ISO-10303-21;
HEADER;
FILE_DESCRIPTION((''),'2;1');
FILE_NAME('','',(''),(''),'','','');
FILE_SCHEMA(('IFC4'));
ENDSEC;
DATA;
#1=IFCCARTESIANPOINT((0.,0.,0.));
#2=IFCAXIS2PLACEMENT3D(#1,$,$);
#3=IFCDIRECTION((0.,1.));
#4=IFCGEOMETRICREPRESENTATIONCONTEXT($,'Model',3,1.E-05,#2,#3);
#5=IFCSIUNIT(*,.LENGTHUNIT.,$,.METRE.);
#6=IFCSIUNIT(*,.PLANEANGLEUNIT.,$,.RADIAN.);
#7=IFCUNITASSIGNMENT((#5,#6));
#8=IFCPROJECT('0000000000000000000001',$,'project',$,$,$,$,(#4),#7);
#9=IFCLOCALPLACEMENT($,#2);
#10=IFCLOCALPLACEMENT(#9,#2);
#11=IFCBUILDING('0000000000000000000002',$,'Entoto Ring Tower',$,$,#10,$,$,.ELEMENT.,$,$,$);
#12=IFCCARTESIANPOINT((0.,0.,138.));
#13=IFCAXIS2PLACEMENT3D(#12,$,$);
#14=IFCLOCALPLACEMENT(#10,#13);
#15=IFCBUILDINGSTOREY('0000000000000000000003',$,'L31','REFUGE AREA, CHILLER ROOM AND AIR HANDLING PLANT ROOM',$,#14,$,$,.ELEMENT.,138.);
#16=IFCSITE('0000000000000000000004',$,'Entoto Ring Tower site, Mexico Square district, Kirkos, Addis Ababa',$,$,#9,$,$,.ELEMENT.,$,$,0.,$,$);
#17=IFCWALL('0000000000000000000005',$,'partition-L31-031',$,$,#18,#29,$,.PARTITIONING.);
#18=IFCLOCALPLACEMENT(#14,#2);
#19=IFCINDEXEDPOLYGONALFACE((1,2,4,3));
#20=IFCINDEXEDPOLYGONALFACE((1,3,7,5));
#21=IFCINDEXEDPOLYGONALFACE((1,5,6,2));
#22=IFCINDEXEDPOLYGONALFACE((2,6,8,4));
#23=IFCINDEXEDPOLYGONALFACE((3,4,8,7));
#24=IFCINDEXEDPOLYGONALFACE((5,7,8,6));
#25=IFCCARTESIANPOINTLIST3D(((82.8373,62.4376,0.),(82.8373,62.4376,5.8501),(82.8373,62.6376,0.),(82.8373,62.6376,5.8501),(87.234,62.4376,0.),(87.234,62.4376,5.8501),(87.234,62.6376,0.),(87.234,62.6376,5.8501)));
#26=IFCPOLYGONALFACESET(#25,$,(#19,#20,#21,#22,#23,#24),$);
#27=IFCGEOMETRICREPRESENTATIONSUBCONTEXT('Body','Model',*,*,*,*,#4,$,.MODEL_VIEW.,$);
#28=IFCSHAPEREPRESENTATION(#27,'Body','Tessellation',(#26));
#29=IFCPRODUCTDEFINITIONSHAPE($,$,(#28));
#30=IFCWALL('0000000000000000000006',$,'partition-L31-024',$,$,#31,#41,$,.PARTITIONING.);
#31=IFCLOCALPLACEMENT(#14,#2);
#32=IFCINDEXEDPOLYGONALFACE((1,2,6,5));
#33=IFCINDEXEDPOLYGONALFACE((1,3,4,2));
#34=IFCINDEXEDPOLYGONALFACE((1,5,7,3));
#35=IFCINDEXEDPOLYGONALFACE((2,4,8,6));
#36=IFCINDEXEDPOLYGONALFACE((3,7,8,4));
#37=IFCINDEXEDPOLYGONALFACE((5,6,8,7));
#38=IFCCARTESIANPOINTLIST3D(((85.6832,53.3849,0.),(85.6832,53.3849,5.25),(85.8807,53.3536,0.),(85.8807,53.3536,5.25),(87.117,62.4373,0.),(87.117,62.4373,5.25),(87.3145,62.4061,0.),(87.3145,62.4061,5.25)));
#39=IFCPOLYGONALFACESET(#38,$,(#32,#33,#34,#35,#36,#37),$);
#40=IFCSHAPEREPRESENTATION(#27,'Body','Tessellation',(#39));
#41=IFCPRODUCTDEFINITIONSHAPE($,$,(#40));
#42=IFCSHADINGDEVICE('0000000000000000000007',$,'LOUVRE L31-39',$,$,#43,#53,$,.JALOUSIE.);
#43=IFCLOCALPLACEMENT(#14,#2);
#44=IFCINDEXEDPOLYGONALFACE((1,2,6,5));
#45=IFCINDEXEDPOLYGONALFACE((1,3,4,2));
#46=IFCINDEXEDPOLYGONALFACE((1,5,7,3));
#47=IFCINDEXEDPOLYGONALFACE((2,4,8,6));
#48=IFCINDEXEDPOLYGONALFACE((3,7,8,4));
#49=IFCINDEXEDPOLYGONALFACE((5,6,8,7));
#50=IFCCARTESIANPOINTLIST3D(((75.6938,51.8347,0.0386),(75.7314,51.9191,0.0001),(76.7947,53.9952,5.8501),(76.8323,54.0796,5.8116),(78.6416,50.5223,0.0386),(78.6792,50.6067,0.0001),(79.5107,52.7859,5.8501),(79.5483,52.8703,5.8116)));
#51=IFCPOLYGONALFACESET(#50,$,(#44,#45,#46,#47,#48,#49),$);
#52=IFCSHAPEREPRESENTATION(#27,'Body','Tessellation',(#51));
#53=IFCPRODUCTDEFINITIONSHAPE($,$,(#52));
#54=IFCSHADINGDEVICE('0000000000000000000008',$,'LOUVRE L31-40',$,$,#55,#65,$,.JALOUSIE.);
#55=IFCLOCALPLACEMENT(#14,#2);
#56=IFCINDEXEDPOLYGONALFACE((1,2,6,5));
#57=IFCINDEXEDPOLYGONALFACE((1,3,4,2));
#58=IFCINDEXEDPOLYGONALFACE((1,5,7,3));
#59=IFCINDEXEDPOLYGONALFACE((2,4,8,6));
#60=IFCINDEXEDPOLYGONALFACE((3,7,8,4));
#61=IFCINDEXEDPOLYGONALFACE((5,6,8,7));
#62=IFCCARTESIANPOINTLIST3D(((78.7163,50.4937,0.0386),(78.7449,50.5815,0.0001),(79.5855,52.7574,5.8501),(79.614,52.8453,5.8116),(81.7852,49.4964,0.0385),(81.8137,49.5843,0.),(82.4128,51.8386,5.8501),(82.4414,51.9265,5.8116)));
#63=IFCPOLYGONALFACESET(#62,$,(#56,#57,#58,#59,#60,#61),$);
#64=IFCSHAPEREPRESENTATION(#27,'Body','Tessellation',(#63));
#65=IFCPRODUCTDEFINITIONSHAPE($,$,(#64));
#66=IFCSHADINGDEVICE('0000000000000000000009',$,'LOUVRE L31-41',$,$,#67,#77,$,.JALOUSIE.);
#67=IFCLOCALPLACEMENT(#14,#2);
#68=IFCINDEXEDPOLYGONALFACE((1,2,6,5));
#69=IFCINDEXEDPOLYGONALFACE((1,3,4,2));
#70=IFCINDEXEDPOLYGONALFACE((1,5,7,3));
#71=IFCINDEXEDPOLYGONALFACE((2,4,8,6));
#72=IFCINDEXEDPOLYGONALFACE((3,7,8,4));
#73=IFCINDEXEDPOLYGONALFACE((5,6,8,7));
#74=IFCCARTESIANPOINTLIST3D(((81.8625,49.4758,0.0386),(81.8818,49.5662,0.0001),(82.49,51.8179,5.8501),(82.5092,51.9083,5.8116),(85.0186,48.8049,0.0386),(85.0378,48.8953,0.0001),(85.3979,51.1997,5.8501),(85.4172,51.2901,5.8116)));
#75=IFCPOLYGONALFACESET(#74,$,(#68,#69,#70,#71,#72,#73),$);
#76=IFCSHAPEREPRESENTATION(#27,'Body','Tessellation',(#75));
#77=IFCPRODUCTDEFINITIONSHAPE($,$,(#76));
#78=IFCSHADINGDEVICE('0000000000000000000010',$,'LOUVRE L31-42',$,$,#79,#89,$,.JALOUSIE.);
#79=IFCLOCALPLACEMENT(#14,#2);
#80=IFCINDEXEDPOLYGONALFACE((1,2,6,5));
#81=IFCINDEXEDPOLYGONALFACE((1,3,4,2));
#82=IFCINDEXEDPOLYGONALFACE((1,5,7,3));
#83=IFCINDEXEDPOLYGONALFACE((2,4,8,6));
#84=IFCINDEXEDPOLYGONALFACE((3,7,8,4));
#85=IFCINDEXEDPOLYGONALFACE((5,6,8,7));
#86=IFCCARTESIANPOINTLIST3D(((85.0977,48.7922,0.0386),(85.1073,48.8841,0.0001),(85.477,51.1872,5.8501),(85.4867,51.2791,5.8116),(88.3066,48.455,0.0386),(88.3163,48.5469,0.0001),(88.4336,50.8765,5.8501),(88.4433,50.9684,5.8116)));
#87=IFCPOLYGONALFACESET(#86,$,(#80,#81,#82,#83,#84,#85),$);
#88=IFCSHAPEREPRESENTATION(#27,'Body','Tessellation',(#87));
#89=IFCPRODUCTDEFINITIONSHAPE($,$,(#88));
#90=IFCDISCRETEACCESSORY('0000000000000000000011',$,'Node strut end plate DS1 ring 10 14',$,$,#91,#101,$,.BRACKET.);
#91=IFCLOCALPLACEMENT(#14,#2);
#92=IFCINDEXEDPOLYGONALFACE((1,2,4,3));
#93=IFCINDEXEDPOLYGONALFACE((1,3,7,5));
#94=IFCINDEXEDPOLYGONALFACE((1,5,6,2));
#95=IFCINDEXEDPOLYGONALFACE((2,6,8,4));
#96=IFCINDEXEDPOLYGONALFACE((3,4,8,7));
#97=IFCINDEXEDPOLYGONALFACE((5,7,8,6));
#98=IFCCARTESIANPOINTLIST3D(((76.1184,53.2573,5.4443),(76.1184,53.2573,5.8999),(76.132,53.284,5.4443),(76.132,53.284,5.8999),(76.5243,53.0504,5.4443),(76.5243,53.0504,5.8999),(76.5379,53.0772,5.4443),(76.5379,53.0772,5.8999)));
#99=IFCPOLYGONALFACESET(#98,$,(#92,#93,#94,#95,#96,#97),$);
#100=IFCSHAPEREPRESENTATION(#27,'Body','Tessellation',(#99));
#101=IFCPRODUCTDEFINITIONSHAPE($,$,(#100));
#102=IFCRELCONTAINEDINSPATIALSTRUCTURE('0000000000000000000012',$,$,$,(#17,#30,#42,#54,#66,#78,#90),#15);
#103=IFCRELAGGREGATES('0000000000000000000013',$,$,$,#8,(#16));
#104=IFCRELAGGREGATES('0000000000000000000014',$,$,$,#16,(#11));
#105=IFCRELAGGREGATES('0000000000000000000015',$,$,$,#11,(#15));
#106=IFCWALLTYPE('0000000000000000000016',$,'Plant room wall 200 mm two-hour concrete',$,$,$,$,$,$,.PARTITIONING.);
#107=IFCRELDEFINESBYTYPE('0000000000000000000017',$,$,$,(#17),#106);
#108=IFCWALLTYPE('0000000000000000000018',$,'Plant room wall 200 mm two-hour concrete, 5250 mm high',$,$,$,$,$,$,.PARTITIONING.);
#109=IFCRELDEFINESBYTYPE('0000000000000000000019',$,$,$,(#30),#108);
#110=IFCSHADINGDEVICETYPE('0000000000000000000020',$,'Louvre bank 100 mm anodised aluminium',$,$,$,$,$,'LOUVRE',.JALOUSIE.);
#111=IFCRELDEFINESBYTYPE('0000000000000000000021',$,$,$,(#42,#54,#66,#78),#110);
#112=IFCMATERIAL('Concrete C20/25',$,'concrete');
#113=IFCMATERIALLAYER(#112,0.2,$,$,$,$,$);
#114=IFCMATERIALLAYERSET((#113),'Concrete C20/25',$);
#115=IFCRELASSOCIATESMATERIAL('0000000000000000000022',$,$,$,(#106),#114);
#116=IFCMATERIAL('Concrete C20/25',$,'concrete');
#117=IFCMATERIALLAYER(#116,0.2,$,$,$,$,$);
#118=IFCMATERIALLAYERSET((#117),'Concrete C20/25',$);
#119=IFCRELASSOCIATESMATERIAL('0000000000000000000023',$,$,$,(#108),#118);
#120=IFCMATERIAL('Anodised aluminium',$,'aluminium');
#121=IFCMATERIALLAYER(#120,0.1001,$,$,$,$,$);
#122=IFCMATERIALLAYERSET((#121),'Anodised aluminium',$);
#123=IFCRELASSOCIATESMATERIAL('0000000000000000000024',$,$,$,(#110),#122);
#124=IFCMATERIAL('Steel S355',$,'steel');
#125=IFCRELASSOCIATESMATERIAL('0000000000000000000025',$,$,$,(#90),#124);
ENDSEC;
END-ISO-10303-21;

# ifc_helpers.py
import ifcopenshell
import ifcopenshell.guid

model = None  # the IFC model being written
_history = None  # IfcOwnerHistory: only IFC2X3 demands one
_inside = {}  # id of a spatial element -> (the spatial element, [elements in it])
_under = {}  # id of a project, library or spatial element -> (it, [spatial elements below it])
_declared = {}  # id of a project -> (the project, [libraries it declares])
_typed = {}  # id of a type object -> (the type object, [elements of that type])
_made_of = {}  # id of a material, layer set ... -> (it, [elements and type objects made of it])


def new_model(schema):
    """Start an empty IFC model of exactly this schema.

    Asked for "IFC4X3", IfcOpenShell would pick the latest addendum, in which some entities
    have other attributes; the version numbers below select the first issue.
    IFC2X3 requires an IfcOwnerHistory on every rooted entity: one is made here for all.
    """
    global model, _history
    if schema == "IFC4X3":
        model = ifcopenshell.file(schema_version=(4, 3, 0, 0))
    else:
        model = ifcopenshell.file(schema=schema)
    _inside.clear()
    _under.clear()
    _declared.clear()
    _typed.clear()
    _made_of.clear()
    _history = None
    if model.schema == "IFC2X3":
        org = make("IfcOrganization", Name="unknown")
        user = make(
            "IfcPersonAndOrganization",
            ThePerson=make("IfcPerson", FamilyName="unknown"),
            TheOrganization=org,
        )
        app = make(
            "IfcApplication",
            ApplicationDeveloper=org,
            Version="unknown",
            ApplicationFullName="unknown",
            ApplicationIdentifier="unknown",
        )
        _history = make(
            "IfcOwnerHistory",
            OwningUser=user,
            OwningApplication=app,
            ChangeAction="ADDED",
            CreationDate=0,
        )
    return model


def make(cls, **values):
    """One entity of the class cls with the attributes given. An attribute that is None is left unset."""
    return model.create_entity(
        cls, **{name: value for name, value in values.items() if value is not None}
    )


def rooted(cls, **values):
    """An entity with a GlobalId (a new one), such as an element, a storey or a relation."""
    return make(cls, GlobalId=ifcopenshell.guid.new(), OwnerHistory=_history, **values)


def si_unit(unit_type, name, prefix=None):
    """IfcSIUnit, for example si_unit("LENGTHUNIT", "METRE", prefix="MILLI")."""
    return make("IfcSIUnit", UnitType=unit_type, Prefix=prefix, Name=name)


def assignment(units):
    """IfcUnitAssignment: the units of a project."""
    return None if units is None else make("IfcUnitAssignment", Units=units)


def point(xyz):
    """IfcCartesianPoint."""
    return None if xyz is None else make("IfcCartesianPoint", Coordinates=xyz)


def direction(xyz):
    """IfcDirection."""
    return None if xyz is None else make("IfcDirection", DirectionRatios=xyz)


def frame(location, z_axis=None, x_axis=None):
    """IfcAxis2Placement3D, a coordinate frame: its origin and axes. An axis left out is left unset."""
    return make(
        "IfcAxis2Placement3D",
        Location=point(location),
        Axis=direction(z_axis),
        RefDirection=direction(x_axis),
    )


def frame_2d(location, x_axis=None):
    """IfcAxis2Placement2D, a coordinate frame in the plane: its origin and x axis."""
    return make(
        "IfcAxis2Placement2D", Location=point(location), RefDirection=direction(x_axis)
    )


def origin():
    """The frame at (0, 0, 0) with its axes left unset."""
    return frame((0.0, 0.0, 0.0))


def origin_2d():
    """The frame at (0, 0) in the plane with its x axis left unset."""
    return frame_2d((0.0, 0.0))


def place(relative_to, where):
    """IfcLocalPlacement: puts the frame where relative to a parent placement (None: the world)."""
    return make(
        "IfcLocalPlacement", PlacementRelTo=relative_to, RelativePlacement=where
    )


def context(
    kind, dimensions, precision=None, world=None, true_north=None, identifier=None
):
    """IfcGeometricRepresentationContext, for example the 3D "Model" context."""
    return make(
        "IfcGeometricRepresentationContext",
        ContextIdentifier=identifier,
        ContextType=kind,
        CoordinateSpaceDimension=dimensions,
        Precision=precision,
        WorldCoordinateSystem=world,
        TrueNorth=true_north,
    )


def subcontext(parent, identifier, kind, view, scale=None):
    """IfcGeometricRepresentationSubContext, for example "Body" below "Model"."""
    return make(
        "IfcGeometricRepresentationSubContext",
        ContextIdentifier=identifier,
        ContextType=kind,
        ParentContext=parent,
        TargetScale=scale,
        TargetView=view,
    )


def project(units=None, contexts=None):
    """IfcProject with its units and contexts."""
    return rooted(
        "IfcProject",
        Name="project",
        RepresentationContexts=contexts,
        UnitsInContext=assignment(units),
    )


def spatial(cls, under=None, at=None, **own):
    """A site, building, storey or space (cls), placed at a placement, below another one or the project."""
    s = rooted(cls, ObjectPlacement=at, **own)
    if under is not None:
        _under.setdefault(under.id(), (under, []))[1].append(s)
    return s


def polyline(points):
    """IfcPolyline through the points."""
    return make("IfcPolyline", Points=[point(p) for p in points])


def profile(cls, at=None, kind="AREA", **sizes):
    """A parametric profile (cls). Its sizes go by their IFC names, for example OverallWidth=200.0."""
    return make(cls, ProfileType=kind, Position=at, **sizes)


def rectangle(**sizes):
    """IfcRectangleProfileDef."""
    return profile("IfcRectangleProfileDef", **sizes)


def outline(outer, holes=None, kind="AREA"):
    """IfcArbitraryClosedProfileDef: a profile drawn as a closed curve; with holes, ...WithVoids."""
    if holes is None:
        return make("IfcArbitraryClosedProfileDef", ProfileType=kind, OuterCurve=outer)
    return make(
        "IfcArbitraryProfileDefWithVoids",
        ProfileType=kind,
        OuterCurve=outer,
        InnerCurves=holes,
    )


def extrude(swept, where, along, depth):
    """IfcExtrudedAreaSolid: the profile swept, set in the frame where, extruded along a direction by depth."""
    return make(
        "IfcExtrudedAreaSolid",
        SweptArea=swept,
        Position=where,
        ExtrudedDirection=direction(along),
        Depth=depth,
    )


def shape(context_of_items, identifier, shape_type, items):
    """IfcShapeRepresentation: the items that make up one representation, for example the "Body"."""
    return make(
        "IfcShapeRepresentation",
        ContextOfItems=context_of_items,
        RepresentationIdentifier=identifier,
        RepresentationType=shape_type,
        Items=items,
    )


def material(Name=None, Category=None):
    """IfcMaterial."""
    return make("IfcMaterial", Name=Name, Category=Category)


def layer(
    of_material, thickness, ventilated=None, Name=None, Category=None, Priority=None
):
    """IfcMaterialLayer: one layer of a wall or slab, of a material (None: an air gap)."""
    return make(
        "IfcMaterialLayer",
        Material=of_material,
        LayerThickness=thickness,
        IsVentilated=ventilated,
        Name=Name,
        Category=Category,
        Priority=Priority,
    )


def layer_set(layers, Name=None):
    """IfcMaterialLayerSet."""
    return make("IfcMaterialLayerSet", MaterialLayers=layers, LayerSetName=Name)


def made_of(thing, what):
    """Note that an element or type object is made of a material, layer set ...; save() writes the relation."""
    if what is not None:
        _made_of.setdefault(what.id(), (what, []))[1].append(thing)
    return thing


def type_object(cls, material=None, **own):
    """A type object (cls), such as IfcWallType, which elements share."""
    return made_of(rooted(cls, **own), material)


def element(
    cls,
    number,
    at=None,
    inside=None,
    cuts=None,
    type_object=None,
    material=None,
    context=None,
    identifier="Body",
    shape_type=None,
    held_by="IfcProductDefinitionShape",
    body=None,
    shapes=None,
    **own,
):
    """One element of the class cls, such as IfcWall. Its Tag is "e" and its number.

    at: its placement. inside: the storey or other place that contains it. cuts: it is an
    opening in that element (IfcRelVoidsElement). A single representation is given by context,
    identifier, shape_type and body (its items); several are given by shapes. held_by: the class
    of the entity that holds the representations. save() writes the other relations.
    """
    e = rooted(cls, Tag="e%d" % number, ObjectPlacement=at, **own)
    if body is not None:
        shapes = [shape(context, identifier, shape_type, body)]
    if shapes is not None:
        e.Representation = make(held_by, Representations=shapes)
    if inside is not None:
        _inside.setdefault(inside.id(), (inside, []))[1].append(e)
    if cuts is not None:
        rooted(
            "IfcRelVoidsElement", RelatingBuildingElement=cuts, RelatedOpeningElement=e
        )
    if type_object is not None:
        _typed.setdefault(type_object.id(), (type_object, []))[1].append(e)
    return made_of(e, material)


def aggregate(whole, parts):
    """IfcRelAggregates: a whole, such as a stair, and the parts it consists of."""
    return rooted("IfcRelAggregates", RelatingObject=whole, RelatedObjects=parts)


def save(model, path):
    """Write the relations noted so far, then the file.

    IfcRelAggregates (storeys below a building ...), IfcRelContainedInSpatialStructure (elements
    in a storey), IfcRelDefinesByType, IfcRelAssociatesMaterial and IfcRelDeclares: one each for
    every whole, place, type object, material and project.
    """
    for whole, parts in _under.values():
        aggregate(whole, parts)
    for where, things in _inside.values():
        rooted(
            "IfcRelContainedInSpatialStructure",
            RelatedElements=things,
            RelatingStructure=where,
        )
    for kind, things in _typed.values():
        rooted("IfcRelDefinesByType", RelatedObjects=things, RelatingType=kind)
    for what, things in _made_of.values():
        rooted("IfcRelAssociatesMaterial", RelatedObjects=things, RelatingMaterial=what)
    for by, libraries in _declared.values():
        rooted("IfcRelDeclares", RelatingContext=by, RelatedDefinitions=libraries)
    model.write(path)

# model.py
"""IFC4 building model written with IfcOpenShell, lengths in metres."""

from ifc_helpers import new_model, si_unit, direction, frame, frame_2d, origin, origin_2d, place, context, subcontext, project, spatial, polyline, rectangle, outline, extrude, material, layer, layer_set, type_object, element, save


model = new_model("IFC4")

# Units and contexts
model_context = context("Model", 3, precision=1e-05, world=origin(), true_north=direction((0.0, 1.0)))
body_context = subcontext(model_context, "Body", "Model", "MODEL_VIEW")
ifc_project = project(units=[si_unit("LENGTHUNIT", "METRE"), si_unit("PLANEANGLEUNIT", "RADIAN")], contexts=[model_context])

# Site, building, storey
site_placement = place(None, origin())
site = spatial("IfcSite", under=ifc_project, at=site_placement, Name="Entoto Ring Tower site, Mexico Square district, Kirkos, Addis Ababa", CompositionType="ELEMENT", RefElevation=0.0)
building_placement = place(site_placement, origin())
building = spatial("IfcBuilding", under=site, at=building_placement, Name="Entoto Ring Tower", CompositionType="ELEMENT")
storey_placement = place(building_placement, frame((0.0, 0.0, 138.0)))
storey = spatial("IfcBuildingStorey", under=building, at=storey_placement, Name="L31", Description="REFUGE AREA, CHILLER ROOM AND AIR HANDLING PLANT ROOM", CompositionType="ELEMENT", Elevation=138.0)

# Shared definitions
ifc_material_1 = material(Name="Concrete C20/25", Category="concrete")
ifc_layer_1 = layer(ifc_material_1, 0.2)
ifc_layer_set_1 = layer_set([ifc_layer_1], Name="Concrete C20/25")
wall_type_1 = type_object("IfcWallType", Name="Plant room wall 200 mm two-hour concrete", PredefinedType="PARTITIONING", material=ifc_layer_set_1)

# Walls
wall_1_placement = place(storey_placement, frame((82.8374, 62.5376, 0.0), z_axis=(0.0, 0.0, 1.0), x_axis=(1.0, 0.0, 0.0)))
element("IfcWall", 1, at=wall_1_placement, inside=storey, type_object=wall_type_1, Name="partition-L31-031", PredefinedType="PARTITIONING", context=body_context, shape_type="SweptSolid", body=[
    extrude(rectangle(XDim=4.3967, YDim=0.2, at=frame_2d((2.1982, 0.0))), origin(), (0.0, 0.0, 1.0), 5.8501),
])
ifc_material_2 = material(Name="Concrete C20/25", Category="concrete")
ifc_layer_2 = layer(ifc_material_2, 0.2)
ifc_layer_set_2 = layer_set([ifc_layer_2], Name="Concrete C20/25")
wall_type_2 = type_object("IfcWallType", Name="Plant room wall 200 mm two-hour concrete, 5250 mm high", PredefinedType="PARTITIONING", material=ifc_layer_set_2)
wall_2_placement = place(storey_placement, frame((85.782, 53.3694, 0.0), z_axis=(0.0, 0.0, 1.0), x_axis=(0.156441, 0.987687, 0.0)))
element("IfcWall", 2, at=wall_2_placement, inside=storey, type_object=wall_type_2, Name="partition-L31-024", PredefinedType="PARTITIONING", context=body_context, shape_type="SweptSolid", body=[
    extrude(rectangle(XDim=9.1653, YDim=0.2, at=frame_2d((4.5825, 0.0))), origin(), (0.0, 0.0, 1.0), 5.25),
])

# Shading devices
ifc_material_3 = material(Name="Anodised aluminium", Category="aluminium")
ifc_layer_3 = layer(ifc_material_3, 0.1001)
ifc_layer_set_3 = layer_set([ifc_layer_3], Name="Anodised aluminium")
shading_device_type = type_object("IfcShadingDeviceType", Name="Louvre bank 100 mm anodised aluminium", ElementType="LOUVRE", PredefinedType="JALOUSIE", material=ifc_layer_set_3)
shading_device_1_placement = place(storey_placement, frame((75.6938, 51.8347, 0.0386), z_axis=(-0.375454, -0.843273, 0.38461), x_axis=(0.913542, -0.406743, -0.000006)))
element("IfcShadingDevice", 3, at=shading_device_1_placement, inside=storey, type_object=shading_device_type, Name="LOUVRE L31-39", PredefinedType="JALOUSIE", context=body_context, shape_type="SweptSolid", body=[
    extrude(outline(polyline([(0.0, 0.0), (3.2267, 0.0), (3.1, 6.2958), (0.1269, 6.2958), (0.0, 0.0)])), origin(), (0.0, 0.0, -1.0), 0.1001),
])
shading_device_2_placement = place(storey_placement, frame((78.7163, 50.4937, 0.0386), z_axis=(-0.285274, -0.877885, 0.384624), x_axis=(0.951045, -0.309051, -0.000008)))
element("IfcShadingDevice", 4, at=shading_device_2_placement, inside=storey, type_object=shading_device_type, Name="LOUVRE L31-40", PredefinedType="JALOUSIE", context=body_context, shape_type="SweptSolid", body=[
    extrude(outline(polyline([(0.0, 0.0), (3.2268, 0.0), (3.0999, 6.2959), (0.127, 6.2958), (0.0, 0.0)])), origin(), (0.0, 0.0, -1.0), 0.1001),
])
shading_device_3_placement = place(storey_placement, frame((81.8625, 49.4758, 0.0386), z_axis=(-0.191938, -0.90291, 0.384595), x_axis=(0.978143, -0.207931, 0.0)))
element("IfcShadingDevice", 5, at=shading_device_3_placement, inside=storey, type_object=shading_device_type, Name="LOUVRE L31-41", PredefinedType="JALOUSIE", context=body_context, shape_type="SweptSolid", body=[
    extrude(outline(polyline([(0.0, 0.0), (3.2265, 0.0), (3.0997, 6.2958), (0.1267, 6.2958), (0.0, 0.0)])), origin(), (0.0, 0.0, -1.0), 0.1001),
])
shading_device_4_placement = place(storey_placement, frame((85.0977, 48.7922, 0.0386), z_axis=(-0.096477, -0.918021, 0.384616), x_axis=(0.994524, -0.104513, 0.000009)))
element("IfcShadingDevice", 6, at=shading_device_4_placement, inside=storey, type_object=shading_device_type, Name="LOUVRE L31-42", PredefinedType="JALOUSIE", context=body_context, shape_type="SweptSolid", body=[
    extrude(outline(polyline([(0.0, 0.0), (3.2266, 0.0), (3.0999, 6.2958), (0.1271, 6.2958), (0.0, 0.0)])), origin(), (0.0, 0.0, -1.0), 0.1001),
])

# Discrete accessory
ifc_material_4 = material(Name="Steel S355", Category="steel")
discrete_accessory_placement = place(storey_placement, frame((76.3281, 53.1672, 5.4443), z_axis=(0.0, 0.0, 1.0), x_axis=(-0.45399, -0.891007, 0.0)))
element("IfcDiscreteAccessory", 7, at=discrete_accessory_placement, inside=storey, material=ifc_material_4, Name="Node strut end plate DS1 ring 10 14", PredefinedType="BRACKET", context=body_context, shape_type="SweptSolid", body=[
    extrude(rectangle(XDim=0.03, YDim=0.4556, at=origin_2d()), origin(), (0.0, 0.0, 1.0), 0.4556),
])

save(model, "model.ifc")
